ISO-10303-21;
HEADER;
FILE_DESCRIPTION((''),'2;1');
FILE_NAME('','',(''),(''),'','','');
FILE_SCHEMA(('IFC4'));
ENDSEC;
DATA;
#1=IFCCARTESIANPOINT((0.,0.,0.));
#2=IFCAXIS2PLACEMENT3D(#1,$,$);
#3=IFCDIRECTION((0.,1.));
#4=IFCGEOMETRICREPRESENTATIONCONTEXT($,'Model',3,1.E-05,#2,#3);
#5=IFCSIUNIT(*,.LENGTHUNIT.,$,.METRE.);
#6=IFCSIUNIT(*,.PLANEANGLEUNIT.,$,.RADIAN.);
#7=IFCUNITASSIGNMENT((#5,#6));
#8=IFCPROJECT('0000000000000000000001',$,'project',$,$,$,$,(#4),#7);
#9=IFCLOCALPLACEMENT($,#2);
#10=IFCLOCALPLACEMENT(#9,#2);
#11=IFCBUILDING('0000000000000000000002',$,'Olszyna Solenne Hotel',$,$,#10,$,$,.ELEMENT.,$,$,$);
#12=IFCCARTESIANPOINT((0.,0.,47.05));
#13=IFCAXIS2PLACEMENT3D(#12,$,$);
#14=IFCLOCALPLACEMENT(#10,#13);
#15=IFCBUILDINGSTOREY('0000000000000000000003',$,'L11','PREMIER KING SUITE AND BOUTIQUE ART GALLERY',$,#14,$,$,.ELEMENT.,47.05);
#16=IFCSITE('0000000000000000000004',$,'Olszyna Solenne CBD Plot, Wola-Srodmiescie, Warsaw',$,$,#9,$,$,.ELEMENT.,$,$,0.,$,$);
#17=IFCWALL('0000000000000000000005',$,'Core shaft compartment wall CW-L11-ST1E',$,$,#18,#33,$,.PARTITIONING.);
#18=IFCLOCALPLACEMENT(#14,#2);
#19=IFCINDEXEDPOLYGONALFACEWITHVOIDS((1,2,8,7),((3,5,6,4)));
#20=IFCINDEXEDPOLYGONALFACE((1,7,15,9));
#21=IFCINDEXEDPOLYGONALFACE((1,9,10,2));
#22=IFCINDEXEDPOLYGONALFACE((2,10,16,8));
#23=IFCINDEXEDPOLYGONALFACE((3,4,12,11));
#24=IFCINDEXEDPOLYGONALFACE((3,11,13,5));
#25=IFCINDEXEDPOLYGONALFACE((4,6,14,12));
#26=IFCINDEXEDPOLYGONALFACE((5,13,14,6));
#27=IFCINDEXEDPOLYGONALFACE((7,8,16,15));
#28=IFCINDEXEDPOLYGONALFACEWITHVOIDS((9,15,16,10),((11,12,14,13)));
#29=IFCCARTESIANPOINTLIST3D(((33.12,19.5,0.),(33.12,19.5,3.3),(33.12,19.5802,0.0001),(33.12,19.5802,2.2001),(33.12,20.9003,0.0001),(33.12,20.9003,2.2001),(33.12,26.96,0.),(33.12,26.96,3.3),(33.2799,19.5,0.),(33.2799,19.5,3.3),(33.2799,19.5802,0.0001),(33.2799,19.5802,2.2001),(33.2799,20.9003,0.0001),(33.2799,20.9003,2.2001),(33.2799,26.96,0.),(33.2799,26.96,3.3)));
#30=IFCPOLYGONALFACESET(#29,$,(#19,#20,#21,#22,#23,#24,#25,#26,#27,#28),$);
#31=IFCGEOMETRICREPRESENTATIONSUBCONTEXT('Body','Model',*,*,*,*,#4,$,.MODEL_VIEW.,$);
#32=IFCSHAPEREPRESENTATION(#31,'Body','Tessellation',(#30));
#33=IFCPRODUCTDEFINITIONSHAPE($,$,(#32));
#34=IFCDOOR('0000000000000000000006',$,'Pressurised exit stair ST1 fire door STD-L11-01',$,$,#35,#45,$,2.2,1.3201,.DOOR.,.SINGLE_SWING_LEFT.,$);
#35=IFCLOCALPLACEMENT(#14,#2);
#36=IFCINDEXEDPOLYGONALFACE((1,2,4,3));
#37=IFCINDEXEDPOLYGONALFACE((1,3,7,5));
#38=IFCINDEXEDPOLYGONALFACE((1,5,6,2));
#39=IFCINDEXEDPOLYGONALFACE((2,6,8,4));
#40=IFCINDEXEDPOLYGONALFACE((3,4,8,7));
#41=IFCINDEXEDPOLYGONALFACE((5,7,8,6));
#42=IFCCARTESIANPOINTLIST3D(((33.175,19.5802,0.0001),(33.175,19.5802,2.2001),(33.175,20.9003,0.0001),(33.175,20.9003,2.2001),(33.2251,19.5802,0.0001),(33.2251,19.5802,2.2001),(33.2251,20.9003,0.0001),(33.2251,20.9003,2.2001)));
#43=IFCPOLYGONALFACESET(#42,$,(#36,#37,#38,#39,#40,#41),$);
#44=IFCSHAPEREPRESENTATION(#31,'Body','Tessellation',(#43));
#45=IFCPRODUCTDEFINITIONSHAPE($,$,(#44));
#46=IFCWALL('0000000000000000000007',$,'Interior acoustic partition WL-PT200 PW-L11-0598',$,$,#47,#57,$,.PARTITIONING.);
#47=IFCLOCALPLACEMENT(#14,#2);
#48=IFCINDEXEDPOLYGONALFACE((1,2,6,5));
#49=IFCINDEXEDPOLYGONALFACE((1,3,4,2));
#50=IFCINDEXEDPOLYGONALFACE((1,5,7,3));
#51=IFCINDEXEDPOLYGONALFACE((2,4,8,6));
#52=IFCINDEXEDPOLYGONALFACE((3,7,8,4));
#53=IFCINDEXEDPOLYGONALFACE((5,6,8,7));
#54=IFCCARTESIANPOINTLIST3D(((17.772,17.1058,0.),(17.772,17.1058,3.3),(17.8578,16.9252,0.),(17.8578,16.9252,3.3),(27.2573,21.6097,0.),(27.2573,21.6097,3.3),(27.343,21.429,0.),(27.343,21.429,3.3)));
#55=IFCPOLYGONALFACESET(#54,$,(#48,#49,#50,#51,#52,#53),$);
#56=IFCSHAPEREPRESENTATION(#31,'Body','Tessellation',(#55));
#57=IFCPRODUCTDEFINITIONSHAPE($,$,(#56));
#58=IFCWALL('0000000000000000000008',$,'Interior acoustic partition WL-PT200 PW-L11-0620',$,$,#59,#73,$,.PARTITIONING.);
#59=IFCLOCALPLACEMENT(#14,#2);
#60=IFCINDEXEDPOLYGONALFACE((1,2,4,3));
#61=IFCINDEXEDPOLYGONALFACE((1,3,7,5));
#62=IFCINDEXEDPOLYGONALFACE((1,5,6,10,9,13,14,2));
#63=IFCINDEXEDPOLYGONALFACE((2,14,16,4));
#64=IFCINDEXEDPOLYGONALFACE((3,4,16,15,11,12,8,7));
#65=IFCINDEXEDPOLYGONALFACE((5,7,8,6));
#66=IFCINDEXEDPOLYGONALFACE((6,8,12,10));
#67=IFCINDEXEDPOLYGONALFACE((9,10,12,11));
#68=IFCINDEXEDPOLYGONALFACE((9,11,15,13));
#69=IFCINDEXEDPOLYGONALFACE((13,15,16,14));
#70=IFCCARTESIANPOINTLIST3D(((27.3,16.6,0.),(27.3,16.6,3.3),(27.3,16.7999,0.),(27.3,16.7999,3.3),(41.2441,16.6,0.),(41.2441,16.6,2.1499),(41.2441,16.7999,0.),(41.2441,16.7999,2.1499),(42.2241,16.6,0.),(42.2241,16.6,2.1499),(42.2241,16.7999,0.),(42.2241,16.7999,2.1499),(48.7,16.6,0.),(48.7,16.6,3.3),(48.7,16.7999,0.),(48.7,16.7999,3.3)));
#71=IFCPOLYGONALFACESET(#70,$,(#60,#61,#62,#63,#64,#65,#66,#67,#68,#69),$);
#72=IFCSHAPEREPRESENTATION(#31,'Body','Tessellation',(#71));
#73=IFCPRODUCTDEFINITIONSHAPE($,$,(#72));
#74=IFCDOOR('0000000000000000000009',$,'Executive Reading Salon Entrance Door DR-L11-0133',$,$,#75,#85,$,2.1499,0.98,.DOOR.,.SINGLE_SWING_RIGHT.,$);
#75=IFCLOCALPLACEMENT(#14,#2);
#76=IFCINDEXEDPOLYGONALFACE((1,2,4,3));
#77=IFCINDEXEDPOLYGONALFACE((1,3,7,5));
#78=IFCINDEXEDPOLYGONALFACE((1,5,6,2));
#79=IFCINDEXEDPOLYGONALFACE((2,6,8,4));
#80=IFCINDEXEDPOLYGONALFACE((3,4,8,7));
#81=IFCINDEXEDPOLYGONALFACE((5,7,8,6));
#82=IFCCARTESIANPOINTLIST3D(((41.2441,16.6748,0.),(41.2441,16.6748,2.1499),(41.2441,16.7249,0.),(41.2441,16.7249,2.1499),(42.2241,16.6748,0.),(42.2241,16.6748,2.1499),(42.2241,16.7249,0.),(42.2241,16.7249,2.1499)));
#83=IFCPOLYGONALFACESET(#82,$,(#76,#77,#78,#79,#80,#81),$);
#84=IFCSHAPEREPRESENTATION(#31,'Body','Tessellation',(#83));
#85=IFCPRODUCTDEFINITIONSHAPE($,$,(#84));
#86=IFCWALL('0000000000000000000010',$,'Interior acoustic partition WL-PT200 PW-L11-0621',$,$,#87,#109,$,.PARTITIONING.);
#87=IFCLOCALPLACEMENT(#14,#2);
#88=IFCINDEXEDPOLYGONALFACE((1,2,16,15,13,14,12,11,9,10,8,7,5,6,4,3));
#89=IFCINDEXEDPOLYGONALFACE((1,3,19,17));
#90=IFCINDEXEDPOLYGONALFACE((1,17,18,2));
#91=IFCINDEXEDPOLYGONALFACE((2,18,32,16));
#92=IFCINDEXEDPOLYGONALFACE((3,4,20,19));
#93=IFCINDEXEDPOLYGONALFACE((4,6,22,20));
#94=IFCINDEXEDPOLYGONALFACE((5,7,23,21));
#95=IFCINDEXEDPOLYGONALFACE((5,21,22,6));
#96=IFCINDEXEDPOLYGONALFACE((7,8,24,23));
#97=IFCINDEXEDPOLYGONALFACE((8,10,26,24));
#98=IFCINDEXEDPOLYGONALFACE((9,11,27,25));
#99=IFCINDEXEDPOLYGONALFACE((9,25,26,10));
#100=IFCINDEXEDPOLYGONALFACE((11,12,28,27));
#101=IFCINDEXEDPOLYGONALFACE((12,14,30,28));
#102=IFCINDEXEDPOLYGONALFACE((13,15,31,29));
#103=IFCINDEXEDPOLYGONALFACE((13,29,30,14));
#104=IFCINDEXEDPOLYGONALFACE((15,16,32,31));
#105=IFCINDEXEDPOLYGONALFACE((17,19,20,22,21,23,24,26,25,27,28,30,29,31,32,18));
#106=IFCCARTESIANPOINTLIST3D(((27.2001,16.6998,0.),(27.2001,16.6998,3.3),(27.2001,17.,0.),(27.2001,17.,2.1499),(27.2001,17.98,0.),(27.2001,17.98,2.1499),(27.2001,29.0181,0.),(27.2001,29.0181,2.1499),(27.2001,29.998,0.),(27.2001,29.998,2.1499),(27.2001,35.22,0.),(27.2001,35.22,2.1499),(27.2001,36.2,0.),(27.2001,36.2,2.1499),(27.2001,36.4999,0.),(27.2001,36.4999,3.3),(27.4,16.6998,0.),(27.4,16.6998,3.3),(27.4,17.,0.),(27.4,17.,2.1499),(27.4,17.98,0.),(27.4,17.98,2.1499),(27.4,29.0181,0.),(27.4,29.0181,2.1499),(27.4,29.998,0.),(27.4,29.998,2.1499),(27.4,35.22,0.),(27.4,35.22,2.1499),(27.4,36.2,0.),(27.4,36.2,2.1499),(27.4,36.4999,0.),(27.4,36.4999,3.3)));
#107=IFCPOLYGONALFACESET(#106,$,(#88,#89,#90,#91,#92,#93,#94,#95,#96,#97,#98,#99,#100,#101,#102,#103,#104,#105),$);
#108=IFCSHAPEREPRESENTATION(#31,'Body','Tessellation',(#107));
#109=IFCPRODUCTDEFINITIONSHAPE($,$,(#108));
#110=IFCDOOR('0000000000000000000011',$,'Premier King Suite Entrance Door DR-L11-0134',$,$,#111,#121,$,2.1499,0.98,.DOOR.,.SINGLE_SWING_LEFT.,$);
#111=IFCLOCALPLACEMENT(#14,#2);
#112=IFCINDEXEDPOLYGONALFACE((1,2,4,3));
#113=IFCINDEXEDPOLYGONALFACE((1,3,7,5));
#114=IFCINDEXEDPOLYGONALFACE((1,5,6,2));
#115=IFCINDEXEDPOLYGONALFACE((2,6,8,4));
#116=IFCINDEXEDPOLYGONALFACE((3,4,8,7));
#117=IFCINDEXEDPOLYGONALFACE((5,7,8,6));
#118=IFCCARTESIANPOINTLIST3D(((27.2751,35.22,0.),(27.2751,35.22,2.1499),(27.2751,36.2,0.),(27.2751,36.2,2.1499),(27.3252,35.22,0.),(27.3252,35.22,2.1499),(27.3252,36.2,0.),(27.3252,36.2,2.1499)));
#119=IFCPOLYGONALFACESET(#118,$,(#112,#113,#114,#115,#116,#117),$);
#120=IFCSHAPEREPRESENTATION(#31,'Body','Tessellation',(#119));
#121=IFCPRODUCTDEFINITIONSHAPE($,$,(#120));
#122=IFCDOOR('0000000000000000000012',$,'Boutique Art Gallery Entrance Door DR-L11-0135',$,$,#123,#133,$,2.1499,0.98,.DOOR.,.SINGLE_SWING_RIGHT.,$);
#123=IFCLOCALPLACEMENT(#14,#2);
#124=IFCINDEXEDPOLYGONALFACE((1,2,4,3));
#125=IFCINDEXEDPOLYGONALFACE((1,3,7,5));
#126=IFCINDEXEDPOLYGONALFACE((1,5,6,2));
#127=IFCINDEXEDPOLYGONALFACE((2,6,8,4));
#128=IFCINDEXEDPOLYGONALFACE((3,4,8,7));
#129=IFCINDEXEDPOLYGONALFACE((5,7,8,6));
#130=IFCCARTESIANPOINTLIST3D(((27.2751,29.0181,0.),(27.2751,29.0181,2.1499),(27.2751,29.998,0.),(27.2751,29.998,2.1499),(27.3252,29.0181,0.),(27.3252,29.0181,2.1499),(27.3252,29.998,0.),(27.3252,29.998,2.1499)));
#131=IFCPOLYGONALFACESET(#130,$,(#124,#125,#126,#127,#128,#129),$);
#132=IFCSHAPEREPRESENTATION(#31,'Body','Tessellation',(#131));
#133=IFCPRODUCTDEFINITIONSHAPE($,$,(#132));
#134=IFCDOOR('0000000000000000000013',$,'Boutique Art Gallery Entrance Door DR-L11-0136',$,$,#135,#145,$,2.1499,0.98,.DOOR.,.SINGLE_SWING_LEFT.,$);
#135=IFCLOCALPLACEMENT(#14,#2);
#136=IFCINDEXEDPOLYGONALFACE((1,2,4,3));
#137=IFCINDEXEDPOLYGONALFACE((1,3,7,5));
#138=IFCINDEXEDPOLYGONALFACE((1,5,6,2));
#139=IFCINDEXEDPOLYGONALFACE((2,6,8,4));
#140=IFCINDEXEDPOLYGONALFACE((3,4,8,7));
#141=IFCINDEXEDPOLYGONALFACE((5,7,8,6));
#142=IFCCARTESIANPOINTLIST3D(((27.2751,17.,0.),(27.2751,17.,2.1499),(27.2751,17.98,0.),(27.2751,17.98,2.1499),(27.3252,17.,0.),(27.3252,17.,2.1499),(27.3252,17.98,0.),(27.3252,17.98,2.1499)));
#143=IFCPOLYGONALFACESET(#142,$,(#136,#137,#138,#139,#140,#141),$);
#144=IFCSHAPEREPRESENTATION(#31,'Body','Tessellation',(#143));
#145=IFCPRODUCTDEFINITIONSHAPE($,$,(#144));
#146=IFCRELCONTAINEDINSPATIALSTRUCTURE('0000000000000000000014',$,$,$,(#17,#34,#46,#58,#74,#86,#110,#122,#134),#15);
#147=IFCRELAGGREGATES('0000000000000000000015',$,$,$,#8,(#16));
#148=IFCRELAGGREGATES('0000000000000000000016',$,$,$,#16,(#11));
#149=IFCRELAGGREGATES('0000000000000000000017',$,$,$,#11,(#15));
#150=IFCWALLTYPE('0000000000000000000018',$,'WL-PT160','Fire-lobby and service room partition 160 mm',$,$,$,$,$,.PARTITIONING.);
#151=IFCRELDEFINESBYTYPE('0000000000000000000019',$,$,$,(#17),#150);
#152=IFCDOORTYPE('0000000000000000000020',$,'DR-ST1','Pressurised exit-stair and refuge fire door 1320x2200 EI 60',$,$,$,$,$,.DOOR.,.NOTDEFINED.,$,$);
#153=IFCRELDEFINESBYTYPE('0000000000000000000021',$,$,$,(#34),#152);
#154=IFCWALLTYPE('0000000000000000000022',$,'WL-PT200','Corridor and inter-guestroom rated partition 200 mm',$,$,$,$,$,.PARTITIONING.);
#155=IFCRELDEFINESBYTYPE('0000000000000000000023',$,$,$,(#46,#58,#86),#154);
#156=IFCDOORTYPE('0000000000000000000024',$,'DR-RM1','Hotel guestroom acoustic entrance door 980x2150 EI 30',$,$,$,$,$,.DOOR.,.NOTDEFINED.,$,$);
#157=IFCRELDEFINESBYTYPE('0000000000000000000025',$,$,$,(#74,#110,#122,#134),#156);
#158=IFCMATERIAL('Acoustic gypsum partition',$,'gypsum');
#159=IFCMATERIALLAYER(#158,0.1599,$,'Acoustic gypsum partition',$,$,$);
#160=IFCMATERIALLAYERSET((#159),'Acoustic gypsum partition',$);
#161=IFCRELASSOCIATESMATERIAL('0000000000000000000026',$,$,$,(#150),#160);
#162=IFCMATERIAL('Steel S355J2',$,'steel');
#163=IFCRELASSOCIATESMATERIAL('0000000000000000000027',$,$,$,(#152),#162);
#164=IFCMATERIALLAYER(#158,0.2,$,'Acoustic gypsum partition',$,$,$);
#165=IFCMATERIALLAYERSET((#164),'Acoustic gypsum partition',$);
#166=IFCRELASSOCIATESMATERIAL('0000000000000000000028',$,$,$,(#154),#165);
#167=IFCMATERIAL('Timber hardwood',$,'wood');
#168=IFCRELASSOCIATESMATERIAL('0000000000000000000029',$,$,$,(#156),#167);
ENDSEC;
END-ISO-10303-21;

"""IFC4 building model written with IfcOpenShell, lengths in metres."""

from ifc_helpers import new_model, si_unit, direction, frame, frame_2d, origin, place, context, subcontext, project, spatial, rectangle, extrude, source, transform, mapped, material, layer, layer_set, type_object, type_shapes, element, fill, save


model = new_model("IFC4")

# Units and contexts
model_context = context("Model", 3, precision=1e-05, world=origin(), true_north=direction((0.0, 1.0)))
body_context = subcontext(model_context, "Body", "Model", "MODEL_VIEW")
ifc_project = project(units=[si_unit("LENGTHUNIT", "METRE"), si_unit("PLANEANGLEUNIT", "RADIAN")], contexts=[model_context])

# Site, building, storey
site_placement = place(None, origin())
site = spatial("IfcSite", under=ifc_project, at=site_placement, Name="Olszyna Solenne CBD Plot, Wola-Srodmiescie, Warsaw", CompositionType="ELEMENT", RefElevation=0.0)
building_placement = place(site_placement, origin())
building = spatial("IfcBuilding", under=site, at=building_placement, Name="Olszyna Solenne Hotel", CompositionType="ELEMENT")
storey_placement = place(building_placement, frame((0.0, 0.0, 47.05)))
storey = spatial("IfcBuildingStorey", under=building, at=storey_placement, Name="L11", Description="PREMIER KING SUITE AND BOUTIQUE ART GALLERY", CompositionType="ELEMENT", Elevation=47.05)

# Shared definitions
ifc_material_1 = material(Name="Steel S355J2", Category="steel")

# Shared definitions
ifc_material_2 = material(Name="Timber hardwood", Category="wood")

# Wall, opening, door
ifc_material_3 = material(Name="Acoustic gypsum partition", Category="gypsum")
ifc_layer_1 = layer(ifc_material_3, 0.1599, Name="Acoustic gypsum partition")
ifc_layer_set_1 = layer_set([ifc_layer_1], Name="Acoustic gypsum partition")
wall_type_1 = type_object("IfcWallType", Name="WL-PT160", Description="Fire-lobby and service room partition 160 mm", PredefinedType="PARTITIONING", material=ifc_layer_set_1)
wall_1_placement = place(storey_placement, frame((33.2, 19.5, 0.0), z_axis=(0.0, 0.0, 1.0), x_axis=(0.0, 1.0, 0.0)))
wall_1 = element("IfcWall", 1, at=wall_1_placement, inside=storey, type_object=wall_type_1, Name="Core shaft compartment wall CW-L11-ST1E", PredefinedType="PARTITIONING", context=body_context, shape_type="SweptSolid", body=[
    extrude(rectangle(XDim=7.46, YDim=0.1599, at=frame_2d((3.73, 0.0))), origin(), (0.0, 0.0, 1.0), 3.3),
])
opening_1_placement = place(wall_1_placement, frame((0.0801, 0.0, 0.0)))
opening_1 = element("IfcOpeningElement", 2, at=opening_1_placement, cuts=wall_1, PredefinedType="OPENING", context=body_context, shape_type="SweptSolid", body=[
    extrude(rectangle(XDim=1.3201, YDim=2.2, at=frame_2d((0.6602, 1.1001))), frame((0.0, 0.0898, 0.0), z_axis=(0.0, -1.0, 0.0), x_axis=(1.0, 0.0, 0.0)), (0.0, 0.0, 1.0), 0.1799),
])
door_type_1 = type_object("IfcDoorType", Name="DR-ST1", Description="Pressurised exit-stair and refuge fire door 1320x2200 EI 60", OperationType="NOTDEFINED", PredefinedType="DOOR", material=ifc_material_1)
shared_shape_1 = source(origin(), body_context, "Body", "SweptSolid", [
    extrude(rectangle(XDim=1.3201, YDim=2.2, at=frame_2d((0.6602, 1.1001))), frame((0.0, 0.0249, 0.0), z_axis=(0.0, -1.0, 0.0), x_axis=(1.0, 0.0, 0.0)), (0.0, 0.0, 1.0), 0.05),
])
type_shapes(door_type_1, [shared_shape_1])
door_1_placement = place(opening_1_placement, origin())
door_1 = element("IfcDoor", 3, at=door_1_placement, inside=storey, type_object=door_type_1, Name="Pressurised exit stair ST1 fire door STD-L11-01", OperationType="SINGLE_SWING_LEFT", OverallHeight=2.2, OverallWidth=1.3201, PredefinedType="DOOR", context=body_context, shape_type="MappedRepresentation", body=[
    mapped(shared_shape_1, transform((0.0, 0.0, 0.0), x_axis=(1.0, 0.0, 0.0), y_axis=(0.0, 1.0, 0.0), z_axis=(0.0, 0.0, 1.0), scale=1.0)),
])
fill(opening_1, door_1)

# Wall
ifc_layer_2 = layer(ifc_material_3, 0.2, Name="Acoustic gypsum partition")
ifc_layer_set_2 = layer_set([ifc_layer_2], Name="Acoustic gypsum partition")
wall_type_2 = type_object("IfcWallType", Name="WL-PT200", Description="Corridor and inter-guestroom rated partition 200 mm", PredefinedType="PARTITIONING", material=ifc_layer_set_2)
wall_2_placement = place(storey_placement, frame((27.3, 21.5193, 0.0), z_axis=(0.0, 0.0, 1.0), x_axis=(-0.903338, -0.42893, 0.0)))
element("IfcWall", 4, at=wall_2_placement, inside=storey, type_object=wall_type_2, Name="Interior acoustic partition WL-PT200 PW-L11-0598", PredefinedType="PARTITIONING", context=body_context, shape_type="SweptSolid", body=[
    extrude(rectangle(XDim=10.5002, YDim=0.2, at=frame_2d((5.25, 0.0))), origin(), (0.0, 0.0, 1.0), 3.3),
])

# Wall, opening, door
wall_3_placement = place(storey_placement, frame((27.3, 16.7, 0.0), z_axis=(0.0, 0.0, 1.0), x_axis=(1.0, 0.0, 0.0)))
wall_3 = element("IfcWall", 5, at=wall_3_placement, inside=storey, type_object=wall_type_2, Name="Interior acoustic partition WL-PT200 PW-L11-0620", PredefinedType="PARTITIONING", context=body_context, shape_type="SweptSolid", body=[
    extrude(rectangle(XDim=21.3999, YDim=0.2, at=frame_2d((10.7, 0.0))), origin(), (0.0, 0.0, 1.0), 3.3),
])
opening_2_placement = place(wall_3_placement, frame((13.9441, 0.0, 0.0)))
opening_2 = element("IfcOpeningElement", 6, at=opening_2_placement, cuts=wall_3, PredefinedType="OPENING", context=body_context, shape_type="SweptSolid", body=[
    extrude(rectangle(XDim=0.98, YDim=2.1499, at=frame_2d((0.49, 1.075))), frame((0.0, 0.1099, 0.0), z_axis=(0.0, -1.0, 0.0), x_axis=(1.0, 0.0, 0.0)), (0.0, 0.0, 1.0), 0.22),
])
door_type_2 = type_object("IfcDoorType", Name="DR-RM1", Description="Hotel guestroom acoustic entrance door 980x2150 EI 30", OperationType="NOTDEFINED", PredefinedType="DOOR", material=ifc_material_2)
shared_shape_2 = source(origin(), body_context, "Body", "SweptSolid", [
    extrude(rectangle(XDim=0.98, YDim=2.1499, at=frame_2d((0.49, 1.075))), frame((0.0, 0.0249, 0.0), z_axis=(0.0, -1.0, 0.0), x_axis=(1.0, 0.0, 0.0)), (0.0, 0.0, 1.0), 0.05),
])
type_shapes(door_type_2, [shared_shape_2])
door_2_placement = place(opening_2_placement, origin())
door_2 = element("IfcDoor", 7, at=door_2_placement, inside=storey, type_object=door_type_2, Name="Executive Reading Salon Entrance Door DR-L11-0133", OperationType="SINGLE_SWING_RIGHT", OverallHeight=2.1499, OverallWidth=0.98, PredefinedType="DOOR", context=body_context, shape_type="MappedRepresentation", body=[
    mapped(shared_shape_2, transform((0.0, 0.0, 0.0), x_axis=(1.0, 0.0, 0.0), y_axis=(0.0, 1.0, 0.0), z_axis=(0.0, 0.0, 1.0), scale=1.0)),
])
fill(opening_2, door_2)

# Wall, openings, doors
wall_4_placement = place(storey_placement, frame((27.3, 16.7, 0.0), z_axis=(0.0, 0.0, 1.0), x_axis=(0.0, 1.0, 0.0)))
wall_4 = element("IfcWall", 8, at=wall_4_placement, inside=storey, type_object=wall_type_2, Name="Interior acoustic partition WL-PT200 PW-L11-0621", PredefinedType="PARTITIONING", context=body_context, shape_type="SweptSolid", body=[
    extrude(rectangle(XDim=19.8, YDim=0.2, at=frame_2d((9.8999, 0.0))), origin(), (0.0, 0.0, 1.0), 3.3),
])
opening_3_placement = place(wall_4_placement, frame((18.52, 0.0, 0.0)))
opening_3 = element("IfcOpeningElement", 9, at=opening_3_placement, cuts=wall_4, PredefinedType="OPENING", context=body_context, shape_type="SweptSolid", body=[
    extrude(rectangle(XDim=0.98, YDim=2.1499, at=frame_2d((0.49, 1.075))), frame((0.0, 0.1099, 0.0), z_axis=(0.0, -1.0, 0.0), x_axis=(1.0, 0.0, 0.0)), (0.0, 0.0, 1.0), 0.22),
])
opening_4_placement = place(wall_4_placement, frame((12.3181, 0.0, 0.0)))
opening_4 = element("IfcOpeningElement", 10, at=opening_4_placement, cuts=wall_4, PredefinedType="OPENING", context=body_context, shape_type="SweptSolid", body=[
    extrude(rectangle(XDim=0.98, YDim=2.1499, at=frame_2d((0.49, 1.075))), frame((0.0, 0.1099, 0.0), z_axis=(0.0, -1.0, 0.0), x_axis=(1.0, 0.0, 0.0)), (0.0, 0.0, 1.0), 0.22),
])
opening_5_placement = place(wall_4_placement, frame((0.3, 0.0, 0.0)))
opening_5 = element("IfcOpeningElement", 11, at=opening_5_placement, cuts=wall_4, PredefinedType="OPENING", context=body_context, shape_type="SweptSolid", body=[
    extrude(rectangle(XDim=0.98, YDim=2.1499, at=frame_2d((0.49, 1.075))), frame((0.0, 0.1099, 0.0), z_axis=(0.0, -1.0, 0.0), x_axis=(1.0, 0.0, 0.0)), (0.0, 0.0, 1.0), 0.22),
])
door_3_placement = place(opening_3_placement, origin())
door_3 = element("IfcDoor", 12, at=door_3_placement, inside=storey, type_object=door_type_2, Name="Premier King Suite Entrance Door DR-L11-0134", OperationType="SINGLE_SWING_LEFT", OverallHeight=2.1499, OverallWidth=0.98, PredefinedType="DOOR", context=body_context, shape_type="MappedRepresentation", body=[
    mapped(shared_shape_2, transform((0.0, 0.0, 0.0), x_axis=(1.0, 0.0, 0.0), y_axis=(0.0, 1.0, 0.0), z_axis=(0.0, 0.0, 1.0), scale=1.0)),
])
fill(opening_3, door_3)
door_4_placement = place(opening_4_placement, origin())
door_4 = element("IfcDoor", 13, at=door_4_placement, inside=storey, type_object=door_type_2, Name="Boutique Art Gallery Entrance Door DR-L11-0135", OperationType="SINGLE_SWING_RIGHT", OverallHeight=2.1499, OverallWidth=0.98, PredefinedType="DOOR", context=body_context, shape_type="MappedRepresentation", body=[
    mapped(shared_shape_2, transform((0.0, 0.0, 0.0), x_axis=(1.0, 0.0, 0.0), y_axis=(0.0, 1.0, 0.0), z_axis=(0.0, 0.0, 1.0), scale=1.0)),
])
fill(opening_4, door_4)
door_5_placement = place(opening_5_placement, origin())
door_5 = element("IfcDoor", 14, at=door_5_placement, inside=storey, type_object=door_type_2, Name="Boutique Art Gallery Entrance Door DR-L11-0136", OperationType="SINGLE_SWING_LEFT", OverallHeight=2.1499, OverallWidth=0.98, PredefinedType="DOOR", context=body_context, shape_type="MappedRepresentation", body=[
    mapped(shared_shape_2, transform((0.0, 0.0, 0.0), x_axis=(1.0, 0.0, 0.0), y_axis=(0.0, 1.0, 0.0), z_axis=(0.0, 0.0, 1.0), scale=1.0)),
])
fill(opening_5, door_5)

save(model, "model.ifc")
